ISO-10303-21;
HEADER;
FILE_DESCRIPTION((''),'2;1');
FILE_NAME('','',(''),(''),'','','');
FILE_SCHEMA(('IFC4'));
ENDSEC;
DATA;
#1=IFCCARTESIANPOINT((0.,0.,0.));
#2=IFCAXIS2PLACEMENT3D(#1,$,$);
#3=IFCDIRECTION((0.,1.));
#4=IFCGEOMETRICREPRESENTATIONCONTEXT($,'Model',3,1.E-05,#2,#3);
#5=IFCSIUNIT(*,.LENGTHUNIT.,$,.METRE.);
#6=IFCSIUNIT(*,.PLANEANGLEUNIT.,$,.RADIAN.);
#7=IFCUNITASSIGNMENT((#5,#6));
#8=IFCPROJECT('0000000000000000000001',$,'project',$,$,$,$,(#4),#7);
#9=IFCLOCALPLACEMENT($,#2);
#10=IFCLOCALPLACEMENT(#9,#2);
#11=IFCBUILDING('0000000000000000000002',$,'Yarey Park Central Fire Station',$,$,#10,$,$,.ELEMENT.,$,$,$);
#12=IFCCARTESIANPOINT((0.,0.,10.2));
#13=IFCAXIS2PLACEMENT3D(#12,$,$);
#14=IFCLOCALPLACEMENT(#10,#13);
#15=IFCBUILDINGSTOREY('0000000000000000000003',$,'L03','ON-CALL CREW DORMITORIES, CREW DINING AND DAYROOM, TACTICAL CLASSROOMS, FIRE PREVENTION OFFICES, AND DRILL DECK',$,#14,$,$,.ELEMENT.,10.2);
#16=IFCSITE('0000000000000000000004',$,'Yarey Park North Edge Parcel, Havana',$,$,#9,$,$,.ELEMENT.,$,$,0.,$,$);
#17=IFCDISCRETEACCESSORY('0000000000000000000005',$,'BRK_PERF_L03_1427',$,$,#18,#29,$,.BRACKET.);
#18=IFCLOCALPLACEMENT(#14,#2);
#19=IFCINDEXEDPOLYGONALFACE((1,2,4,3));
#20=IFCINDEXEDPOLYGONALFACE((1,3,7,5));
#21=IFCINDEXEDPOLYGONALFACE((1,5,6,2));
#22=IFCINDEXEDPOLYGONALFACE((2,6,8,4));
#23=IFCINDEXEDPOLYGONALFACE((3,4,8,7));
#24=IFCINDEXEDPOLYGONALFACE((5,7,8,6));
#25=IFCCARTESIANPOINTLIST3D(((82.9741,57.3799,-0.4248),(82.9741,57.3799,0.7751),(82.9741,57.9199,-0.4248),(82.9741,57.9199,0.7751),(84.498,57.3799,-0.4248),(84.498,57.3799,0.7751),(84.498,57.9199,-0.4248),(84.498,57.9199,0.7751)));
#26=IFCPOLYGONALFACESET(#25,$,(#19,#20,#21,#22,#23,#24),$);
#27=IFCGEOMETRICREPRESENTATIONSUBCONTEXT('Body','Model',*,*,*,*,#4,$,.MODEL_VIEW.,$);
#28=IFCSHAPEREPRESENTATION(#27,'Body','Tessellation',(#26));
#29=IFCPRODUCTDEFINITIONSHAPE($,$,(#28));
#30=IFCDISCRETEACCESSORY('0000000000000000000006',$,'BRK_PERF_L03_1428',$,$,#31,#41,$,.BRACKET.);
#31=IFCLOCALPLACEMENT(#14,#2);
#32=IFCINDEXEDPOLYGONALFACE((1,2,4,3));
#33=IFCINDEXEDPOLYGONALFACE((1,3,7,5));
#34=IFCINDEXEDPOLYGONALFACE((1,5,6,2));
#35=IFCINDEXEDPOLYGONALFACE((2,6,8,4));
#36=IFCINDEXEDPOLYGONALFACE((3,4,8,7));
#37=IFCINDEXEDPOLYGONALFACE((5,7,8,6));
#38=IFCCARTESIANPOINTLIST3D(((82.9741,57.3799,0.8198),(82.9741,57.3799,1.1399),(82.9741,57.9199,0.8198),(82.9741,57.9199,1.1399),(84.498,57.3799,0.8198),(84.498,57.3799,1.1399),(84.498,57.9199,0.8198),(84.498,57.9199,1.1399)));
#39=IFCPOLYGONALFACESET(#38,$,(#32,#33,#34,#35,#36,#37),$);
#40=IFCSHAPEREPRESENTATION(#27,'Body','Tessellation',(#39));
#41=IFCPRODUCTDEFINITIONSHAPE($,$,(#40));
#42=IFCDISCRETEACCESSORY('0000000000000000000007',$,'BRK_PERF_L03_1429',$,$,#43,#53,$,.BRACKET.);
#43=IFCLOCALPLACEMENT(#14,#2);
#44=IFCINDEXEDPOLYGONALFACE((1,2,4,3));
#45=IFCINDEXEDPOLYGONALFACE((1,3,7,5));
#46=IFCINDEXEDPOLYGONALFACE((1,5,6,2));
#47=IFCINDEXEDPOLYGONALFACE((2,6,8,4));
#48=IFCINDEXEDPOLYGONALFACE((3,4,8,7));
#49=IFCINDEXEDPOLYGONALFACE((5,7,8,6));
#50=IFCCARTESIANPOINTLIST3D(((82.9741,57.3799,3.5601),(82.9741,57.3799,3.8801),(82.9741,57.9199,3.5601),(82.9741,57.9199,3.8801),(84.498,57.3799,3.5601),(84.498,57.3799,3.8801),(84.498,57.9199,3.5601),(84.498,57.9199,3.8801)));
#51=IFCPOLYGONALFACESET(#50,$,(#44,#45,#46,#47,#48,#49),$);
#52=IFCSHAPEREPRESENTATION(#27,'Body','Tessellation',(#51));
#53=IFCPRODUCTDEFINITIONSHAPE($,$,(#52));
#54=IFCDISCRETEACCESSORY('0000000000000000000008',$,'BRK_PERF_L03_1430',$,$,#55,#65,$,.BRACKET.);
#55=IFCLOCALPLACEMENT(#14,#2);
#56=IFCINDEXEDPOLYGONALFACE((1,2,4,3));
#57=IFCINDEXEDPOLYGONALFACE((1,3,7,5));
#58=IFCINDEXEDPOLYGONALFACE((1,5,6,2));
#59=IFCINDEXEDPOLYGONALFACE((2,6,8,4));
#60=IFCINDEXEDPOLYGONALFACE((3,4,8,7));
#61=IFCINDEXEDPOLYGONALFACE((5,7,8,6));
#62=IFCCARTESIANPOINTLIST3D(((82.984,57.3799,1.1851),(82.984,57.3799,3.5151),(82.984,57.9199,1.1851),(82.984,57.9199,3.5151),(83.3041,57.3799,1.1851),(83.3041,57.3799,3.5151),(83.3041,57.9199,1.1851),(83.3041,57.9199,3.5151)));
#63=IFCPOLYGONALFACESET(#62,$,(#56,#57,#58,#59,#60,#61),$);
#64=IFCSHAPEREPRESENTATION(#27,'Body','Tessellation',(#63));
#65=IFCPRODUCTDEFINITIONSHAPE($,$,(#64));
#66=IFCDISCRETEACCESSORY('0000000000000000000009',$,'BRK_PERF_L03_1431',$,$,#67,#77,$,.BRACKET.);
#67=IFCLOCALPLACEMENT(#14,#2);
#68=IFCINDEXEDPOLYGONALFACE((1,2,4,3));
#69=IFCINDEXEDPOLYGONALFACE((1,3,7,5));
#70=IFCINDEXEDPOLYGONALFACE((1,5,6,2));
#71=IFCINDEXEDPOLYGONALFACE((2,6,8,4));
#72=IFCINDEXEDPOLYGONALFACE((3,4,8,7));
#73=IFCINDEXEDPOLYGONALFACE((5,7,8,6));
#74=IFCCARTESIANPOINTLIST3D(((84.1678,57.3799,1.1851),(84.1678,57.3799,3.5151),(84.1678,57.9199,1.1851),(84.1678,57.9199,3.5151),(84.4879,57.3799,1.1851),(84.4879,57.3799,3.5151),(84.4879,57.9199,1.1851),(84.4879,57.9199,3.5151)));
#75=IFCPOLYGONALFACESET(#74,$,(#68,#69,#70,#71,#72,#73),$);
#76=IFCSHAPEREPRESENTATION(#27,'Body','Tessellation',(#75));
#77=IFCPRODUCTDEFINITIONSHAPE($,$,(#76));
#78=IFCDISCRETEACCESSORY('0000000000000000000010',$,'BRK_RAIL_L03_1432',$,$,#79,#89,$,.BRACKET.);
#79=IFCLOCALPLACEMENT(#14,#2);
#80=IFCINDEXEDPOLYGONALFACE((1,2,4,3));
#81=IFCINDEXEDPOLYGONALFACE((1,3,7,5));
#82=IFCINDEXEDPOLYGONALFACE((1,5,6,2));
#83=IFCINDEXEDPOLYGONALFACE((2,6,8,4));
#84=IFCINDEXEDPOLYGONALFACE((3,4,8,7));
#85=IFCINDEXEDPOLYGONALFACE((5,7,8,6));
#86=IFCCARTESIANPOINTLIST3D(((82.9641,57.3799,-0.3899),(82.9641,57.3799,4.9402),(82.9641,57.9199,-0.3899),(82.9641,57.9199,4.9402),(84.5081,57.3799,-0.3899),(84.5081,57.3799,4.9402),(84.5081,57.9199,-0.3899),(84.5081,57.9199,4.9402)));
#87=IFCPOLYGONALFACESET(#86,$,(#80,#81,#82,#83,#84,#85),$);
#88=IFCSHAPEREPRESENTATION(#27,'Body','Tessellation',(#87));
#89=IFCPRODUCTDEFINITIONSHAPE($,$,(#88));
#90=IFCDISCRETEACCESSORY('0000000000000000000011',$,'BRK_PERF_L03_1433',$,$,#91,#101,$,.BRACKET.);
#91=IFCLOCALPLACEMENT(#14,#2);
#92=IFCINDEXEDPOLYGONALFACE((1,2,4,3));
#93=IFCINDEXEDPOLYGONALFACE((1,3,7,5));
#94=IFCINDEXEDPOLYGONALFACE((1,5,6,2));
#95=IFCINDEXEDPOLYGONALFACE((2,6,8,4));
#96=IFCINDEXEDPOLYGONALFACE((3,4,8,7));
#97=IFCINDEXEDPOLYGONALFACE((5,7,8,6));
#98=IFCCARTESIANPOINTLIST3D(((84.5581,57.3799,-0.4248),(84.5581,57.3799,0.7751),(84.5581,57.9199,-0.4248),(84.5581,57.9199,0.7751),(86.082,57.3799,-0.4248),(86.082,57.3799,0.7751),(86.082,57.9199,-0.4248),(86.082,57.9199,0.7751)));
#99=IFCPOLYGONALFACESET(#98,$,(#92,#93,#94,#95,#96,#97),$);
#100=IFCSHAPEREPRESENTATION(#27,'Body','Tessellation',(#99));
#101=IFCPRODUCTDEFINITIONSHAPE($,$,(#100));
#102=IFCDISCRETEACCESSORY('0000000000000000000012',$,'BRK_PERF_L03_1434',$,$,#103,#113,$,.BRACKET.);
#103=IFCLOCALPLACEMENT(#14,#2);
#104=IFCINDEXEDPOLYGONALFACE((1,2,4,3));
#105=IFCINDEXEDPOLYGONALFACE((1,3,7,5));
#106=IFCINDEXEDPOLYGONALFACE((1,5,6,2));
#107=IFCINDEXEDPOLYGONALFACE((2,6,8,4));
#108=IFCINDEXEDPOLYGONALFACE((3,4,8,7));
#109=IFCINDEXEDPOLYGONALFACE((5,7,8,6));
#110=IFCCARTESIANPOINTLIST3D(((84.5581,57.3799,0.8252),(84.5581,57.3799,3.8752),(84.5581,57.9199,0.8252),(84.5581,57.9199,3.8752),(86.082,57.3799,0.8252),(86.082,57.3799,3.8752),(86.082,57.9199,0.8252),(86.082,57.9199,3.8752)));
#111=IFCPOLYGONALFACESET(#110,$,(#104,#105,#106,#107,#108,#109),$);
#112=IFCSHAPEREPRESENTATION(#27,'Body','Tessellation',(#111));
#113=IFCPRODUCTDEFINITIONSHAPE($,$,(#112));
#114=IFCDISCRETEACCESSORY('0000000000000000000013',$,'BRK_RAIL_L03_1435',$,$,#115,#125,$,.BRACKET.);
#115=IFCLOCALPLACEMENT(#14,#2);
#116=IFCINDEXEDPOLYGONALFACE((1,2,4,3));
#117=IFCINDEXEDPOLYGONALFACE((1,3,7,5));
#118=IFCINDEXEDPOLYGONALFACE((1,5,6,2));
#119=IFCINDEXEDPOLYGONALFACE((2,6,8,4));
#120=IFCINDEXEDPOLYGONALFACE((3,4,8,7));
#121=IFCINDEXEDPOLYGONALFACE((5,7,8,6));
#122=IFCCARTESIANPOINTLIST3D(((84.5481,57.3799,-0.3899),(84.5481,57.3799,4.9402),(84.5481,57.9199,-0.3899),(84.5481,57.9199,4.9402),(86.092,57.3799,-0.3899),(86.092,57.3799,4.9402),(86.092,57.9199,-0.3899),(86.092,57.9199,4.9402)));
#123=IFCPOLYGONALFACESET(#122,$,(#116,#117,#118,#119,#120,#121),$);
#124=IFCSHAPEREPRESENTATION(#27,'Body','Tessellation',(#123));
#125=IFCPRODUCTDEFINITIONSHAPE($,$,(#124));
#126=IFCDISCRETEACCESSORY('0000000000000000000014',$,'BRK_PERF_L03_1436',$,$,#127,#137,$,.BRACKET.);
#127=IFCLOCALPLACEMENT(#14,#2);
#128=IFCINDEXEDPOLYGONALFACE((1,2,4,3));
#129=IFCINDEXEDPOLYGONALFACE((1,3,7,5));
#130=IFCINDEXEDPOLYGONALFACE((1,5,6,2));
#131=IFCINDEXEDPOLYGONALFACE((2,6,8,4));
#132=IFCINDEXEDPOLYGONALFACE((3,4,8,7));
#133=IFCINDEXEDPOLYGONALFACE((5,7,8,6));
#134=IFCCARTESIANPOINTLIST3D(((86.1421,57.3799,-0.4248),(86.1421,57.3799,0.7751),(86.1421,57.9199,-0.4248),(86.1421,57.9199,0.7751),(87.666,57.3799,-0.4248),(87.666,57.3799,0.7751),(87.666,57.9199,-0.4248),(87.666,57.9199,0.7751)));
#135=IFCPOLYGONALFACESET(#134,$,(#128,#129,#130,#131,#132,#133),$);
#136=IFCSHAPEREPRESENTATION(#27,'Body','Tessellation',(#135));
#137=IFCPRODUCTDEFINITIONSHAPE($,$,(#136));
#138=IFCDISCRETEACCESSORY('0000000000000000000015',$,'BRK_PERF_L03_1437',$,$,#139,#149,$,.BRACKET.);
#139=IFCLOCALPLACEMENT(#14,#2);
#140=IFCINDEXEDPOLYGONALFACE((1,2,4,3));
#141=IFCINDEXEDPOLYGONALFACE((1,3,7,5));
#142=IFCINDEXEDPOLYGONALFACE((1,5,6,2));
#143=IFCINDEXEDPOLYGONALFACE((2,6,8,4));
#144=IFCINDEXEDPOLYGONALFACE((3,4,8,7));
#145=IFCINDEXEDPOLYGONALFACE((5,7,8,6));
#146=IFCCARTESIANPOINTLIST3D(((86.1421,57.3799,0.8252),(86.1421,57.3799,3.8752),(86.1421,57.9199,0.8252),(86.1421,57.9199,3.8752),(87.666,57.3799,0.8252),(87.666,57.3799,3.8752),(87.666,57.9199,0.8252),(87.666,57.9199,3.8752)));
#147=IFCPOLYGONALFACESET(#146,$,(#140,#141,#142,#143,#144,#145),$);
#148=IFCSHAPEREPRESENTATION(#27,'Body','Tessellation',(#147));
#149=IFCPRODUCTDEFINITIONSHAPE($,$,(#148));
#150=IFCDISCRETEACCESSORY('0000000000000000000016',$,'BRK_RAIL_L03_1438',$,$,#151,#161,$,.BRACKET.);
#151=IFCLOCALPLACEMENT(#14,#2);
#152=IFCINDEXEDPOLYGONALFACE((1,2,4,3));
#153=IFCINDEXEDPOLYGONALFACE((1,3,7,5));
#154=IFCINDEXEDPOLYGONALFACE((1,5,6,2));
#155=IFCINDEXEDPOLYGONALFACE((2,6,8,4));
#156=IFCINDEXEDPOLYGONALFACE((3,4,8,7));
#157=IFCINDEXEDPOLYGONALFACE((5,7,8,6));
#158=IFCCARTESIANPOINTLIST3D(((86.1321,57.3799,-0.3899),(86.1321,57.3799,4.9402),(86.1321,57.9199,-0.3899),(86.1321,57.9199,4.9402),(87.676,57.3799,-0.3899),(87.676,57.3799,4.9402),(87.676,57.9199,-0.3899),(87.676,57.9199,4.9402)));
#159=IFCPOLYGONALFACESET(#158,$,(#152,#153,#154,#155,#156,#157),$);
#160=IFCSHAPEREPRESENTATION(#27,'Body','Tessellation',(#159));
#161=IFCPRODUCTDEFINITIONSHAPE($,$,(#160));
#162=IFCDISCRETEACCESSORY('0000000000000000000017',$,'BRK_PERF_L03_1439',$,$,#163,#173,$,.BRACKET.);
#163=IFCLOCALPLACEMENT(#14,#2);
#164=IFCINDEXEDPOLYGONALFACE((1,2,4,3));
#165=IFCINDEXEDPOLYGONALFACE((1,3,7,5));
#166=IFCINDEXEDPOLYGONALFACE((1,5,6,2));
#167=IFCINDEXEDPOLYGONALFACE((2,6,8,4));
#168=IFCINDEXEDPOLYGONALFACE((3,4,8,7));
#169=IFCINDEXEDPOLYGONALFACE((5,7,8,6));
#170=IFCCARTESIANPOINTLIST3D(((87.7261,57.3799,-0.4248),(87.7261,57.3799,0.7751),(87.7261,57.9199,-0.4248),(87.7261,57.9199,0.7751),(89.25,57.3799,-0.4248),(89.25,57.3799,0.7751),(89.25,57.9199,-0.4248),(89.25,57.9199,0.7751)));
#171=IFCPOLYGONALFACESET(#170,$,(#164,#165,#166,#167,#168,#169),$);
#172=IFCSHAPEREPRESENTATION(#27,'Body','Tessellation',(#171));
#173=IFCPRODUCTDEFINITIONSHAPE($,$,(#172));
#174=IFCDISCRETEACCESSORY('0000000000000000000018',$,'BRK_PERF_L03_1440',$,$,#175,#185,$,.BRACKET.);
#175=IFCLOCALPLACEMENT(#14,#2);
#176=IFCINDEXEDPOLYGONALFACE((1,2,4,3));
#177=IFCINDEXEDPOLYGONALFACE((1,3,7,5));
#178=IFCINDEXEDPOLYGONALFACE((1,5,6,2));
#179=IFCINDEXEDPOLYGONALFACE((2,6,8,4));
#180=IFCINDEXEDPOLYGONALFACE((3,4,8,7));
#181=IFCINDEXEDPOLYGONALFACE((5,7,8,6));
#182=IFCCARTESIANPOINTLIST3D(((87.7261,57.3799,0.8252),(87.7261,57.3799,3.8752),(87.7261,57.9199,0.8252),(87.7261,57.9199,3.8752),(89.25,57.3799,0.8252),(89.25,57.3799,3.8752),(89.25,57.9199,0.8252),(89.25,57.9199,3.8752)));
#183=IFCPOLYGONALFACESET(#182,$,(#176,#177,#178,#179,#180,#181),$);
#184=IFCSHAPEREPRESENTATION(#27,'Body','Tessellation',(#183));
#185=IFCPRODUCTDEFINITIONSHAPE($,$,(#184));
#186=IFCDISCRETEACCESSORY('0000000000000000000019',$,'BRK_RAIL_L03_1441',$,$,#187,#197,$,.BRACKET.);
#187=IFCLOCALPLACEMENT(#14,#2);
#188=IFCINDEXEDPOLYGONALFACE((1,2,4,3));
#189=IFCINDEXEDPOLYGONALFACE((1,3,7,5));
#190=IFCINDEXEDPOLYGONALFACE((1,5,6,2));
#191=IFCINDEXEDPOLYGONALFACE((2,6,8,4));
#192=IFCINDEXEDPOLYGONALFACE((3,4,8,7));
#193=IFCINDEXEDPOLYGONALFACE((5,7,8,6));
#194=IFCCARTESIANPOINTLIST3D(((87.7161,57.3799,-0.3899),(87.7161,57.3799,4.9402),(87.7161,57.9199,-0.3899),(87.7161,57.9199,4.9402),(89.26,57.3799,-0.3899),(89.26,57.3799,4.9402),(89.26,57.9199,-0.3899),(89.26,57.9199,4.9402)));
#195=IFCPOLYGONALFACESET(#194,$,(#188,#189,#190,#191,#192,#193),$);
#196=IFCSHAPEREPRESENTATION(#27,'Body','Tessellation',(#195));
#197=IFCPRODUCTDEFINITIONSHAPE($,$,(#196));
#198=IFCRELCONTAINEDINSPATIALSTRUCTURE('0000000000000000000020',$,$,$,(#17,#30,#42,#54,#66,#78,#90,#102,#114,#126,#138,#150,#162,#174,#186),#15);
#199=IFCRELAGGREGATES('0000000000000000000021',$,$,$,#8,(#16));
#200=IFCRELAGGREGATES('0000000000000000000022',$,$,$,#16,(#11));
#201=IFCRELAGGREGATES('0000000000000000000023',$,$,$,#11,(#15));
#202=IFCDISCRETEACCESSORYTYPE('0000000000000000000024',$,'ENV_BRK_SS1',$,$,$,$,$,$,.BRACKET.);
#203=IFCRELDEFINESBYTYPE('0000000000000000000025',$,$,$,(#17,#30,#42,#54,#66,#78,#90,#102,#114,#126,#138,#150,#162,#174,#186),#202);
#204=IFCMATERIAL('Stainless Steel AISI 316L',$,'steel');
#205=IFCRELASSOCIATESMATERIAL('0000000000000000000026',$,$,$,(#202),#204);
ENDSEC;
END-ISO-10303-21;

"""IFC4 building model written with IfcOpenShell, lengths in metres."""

from ifc_helpers import new_model, si_unit, direction, frame, origin, origin_2d, place, context, subcontext, project, spatial, rectangle, extrude, material, type_object, element, save


model = new_model("IFC4")

# Units and contexts
model_context = context("Model", 3, precision=1e-05, world=origin(), true_north=direction((0.0, 1.0)))
body_context = subcontext(model_context, "Body", "Model", "MODEL_VIEW")
ifc_project = project(units=[si_unit("LENGTHUNIT", "METRE"), si_unit("PLANEANGLEUNIT", "RADIAN")], contexts=[model_context])

# Site, building, storey
site_placement = place(None, origin())
site = spatial("IfcSite", under=ifc_project, at=site_placement, Name="Yarey Park North Edge Parcel, Havana", CompositionType="ELEMENT", RefElevation=0.0)
building_placement = place(site_placement, origin())
building = spatial("IfcBuilding", under=site, at=building_placement, Name="Yarey Park Central Fire Station", CompositionType="ELEMENT")
storey_placement = place(building_placement, frame((0.0, 0.0, 10.2)))
storey = spatial("IfcBuildingStorey", under=building, at=storey_placement, Name="L03", Description="ON-CALL CREW DORMITORIES, CREW DINING AND DAYROOM, TACTICAL CLASSROOMS, FIRE PREVENTION OFFICES, AND DRILL DECK", CompositionType="ELEMENT", Elevation=10.2)

# Discrete accessories
ifc_material_1 = material(Name="Stainless Steel AISI 316L", Category="steel")
discrete_accessory_type = type_object("IfcDiscreteAccessoryType", Name="ENV_BRK_SS1", PredefinedType="BRACKET", material=ifc_material_1)
discrete_accessory_1_placement = place(storey_placement, frame((83.7361, 57.6499, -0.4248), z_axis=(0.0, 0.0, 1.0), x_axis=(1.0, 0.0, 0.0)))
element("IfcDiscreteAccessory", 1, at=discrete_accessory_1_placement, inside=storey, type_object=discrete_accessory_type, Name="BRK_PERF_L03_1427", PredefinedType="BRACKET", context=body_context, shape_type="SweptSolid", body=[
    extrude(rectangle(XDim=1.5239, YDim=0.54, at=origin_2d()), origin(), (0.0, 0.0, 1.0), 1.2),
])
for number, where, z_axis, x_axis, name in (
    (2, (83.7361, 57.6499, 0.8198), (0.0, 0.0, 1.0), (1.0, 0.0, 0.0), "BRK_PERF_L03_1428"),
    (3, (83.7361, 57.6499, 3.5601), (0.0, 0.0, 1.0), (1.0, 0.0, 0.0), "BRK_PERF_L03_1429"),
):
    element("IfcDiscreteAccessory", number, at=place(storey_placement, frame(where, z_axis=z_axis, x_axis=x_axis)), inside=storey, type_object=discrete_accessory_type, Name=name, PredefinedType="BRACKET", context=body_context, shape_type="SweptSolid", body=[
        extrude(rectangle(XDim=1.5239, YDim=0.54, at=origin_2d()), origin(), (0.0, 0.0, 1.0), 0.3201),
    ])
for number, where, z_axis, x_axis, name in (
    (4, (83.144, 57.6499, 1.1851), (0.0, 0.0, 1.0), (1.0, 0.0, 0.0), "BRK_PERF_L03_1430"),
    (5, (84.3279, 57.6499, 1.1851), (0.0, 0.0, 1.0), (1.0, 0.0, 0.0), "BRK_PERF_L03_1431"),
):
    element("IfcDiscreteAccessory", number, at=place(storey_placement, frame(where, z_axis=z_axis, x_axis=x_axis)), inside=storey, type_object=discrete_accessory_type, Name=name, PredefinedType="BRACKET", context=body_context, shape_type="SweptSolid", body=[
        extrude(rectangle(XDim=0.3201, YDim=0.54, at=origin_2d()), origin(), (0.0, 0.0, 1.0), 2.3301),
    ])
discrete_accessory_2_placement = place(storey_placement, frame((83.7361, 57.6499, -0.3899), z_axis=(0.0, 0.0, 1.0), x_axis=(1.0, 0.0, 0.0)))
element("IfcDiscreteAccessory", 6, at=discrete_accessory_2_placement, inside=storey, type_object=discrete_accessory_type, Name="BRK_RAIL_L03_1432", PredefinedType="BRACKET", context=body_context, shape_type="SweptSolid", body=[
    extrude(rectangle(XDim=1.5439, YDim=0.54, at=origin_2d()), origin(), (0.0, 0.0, 1.0), 5.3301),
])
discrete_accessory_3_placement = place(storey_placement, frame((85.3201, 57.6499, -0.4248), z_axis=(0.0, 0.0, 1.0), x_axis=(1.0, 0.0, 0.0)))
element("IfcDiscreteAccessory", 7, at=discrete_accessory_3_placement, inside=storey, type_object=discrete_accessory_type, Name="BRK_PERF_L03_1433", PredefinedType="BRACKET", context=body_context, shape_type="SweptSolid", body=[
    extrude(rectangle(XDim=1.5239, YDim=0.54, at=origin_2d()), origin(), (0.0, 0.0, 1.0), 1.2),
])
discrete_accessory_4_placement = place(storey_placement, frame((85.3201, 57.6499, 0.8252), z_axis=(0.0, 0.0, 1.0), x_axis=(1.0, 0.0, 0.0)))
element("IfcDiscreteAccessory", 8, at=discrete_accessory_4_placement, inside=storey, type_object=discrete_accessory_type, Name="BRK_PERF_L03_1434", PredefinedType="BRACKET", context=body_context, shape_type="SweptSolid", body=[
    extrude(rectangle(XDim=1.5239, YDim=0.54, at=origin_2d()), origin(), (0.0, 0.0, 1.0), 3.05),
])
discrete_accessory_5_placement = place(storey_placement, frame((85.3201, 57.6499, -0.3899), z_axis=(0.0, 0.0, 1.0), x_axis=(1.0, 0.0, 0.0)))
element("IfcDiscreteAccessory", 9, at=discrete_accessory_5_placement, inside=storey, type_object=discrete_accessory_type, Name="BRK_RAIL_L03_1435", PredefinedType="BRACKET", context=body_context, shape_type="SweptSolid", body=[
    extrude(rectangle(XDim=1.5439, YDim=0.54, at=origin_2d()), origin(), (0.0, 0.0, 1.0), 5.3301),
])
discrete_accessory_6_placement = place(storey_placement, frame((86.9041, 57.6499, -0.4248), z_axis=(0.0, 0.0, 1.0), x_axis=(1.0, 0.0, 0.0)))
element("IfcDiscreteAccessory", 10, at=discrete_accessory_6_placement, inside=storey, type_object=discrete_accessory_type, Name="BRK_PERF_L03_1436", PredefinedType="BRACKET", context=body_context, shape_type="SweptSolid", body=[
    extrude(rectangle(XDim=1.5239, YDim=0.54, at=origin_2d()), origin(), (0.0, 0.0, 1.0), 1.2),
])
discrete_accessory_7_placement = place(storey_placement, frame((86.9041, 57.6499, 0.8252), z_axis=(0.0, 0.0, 1.0), x_axis=(1.0, 0.0, 0.0)))
element("IfcDiscreteAccessory", 11, at=discrete_accessory_7_placement, inside=storey, type_object=discrete_accessory_type, Name="BRK_PERF_L03_1437", PredefinedType="BRACKET", context=body_context, shape_type="SweptSolid", body=[
    extrude(rectangle(XDim=1.5239, YDim=0.54, at=origin_2d()), origin(), (0.0, 0.0, 1.0), 3.05),
])
discrete_accessory_8_placement = place(storey_placement, frame((86.9041, 57.6499, -0.3899), z_axis=(0.0, 0.0, 1.0), x_axis=(1.0, 0.0, 0.0)))
element("IfcDiscreteAccessory", 12, at=discrete_accessory_8_placement, inside=storey, type_object=discrete_accessory_type, Name="BRK_RAIL_L03_1438", PredefinedType="BRACKET", context=body_context, shape_type="SweptSolid", body=[
    extrude(rectangle(XDim=1.5439, YDim=0.54, at=origin_2d()), origin(), (0.0, 0.0, 1.0), 5.3301),
])
discrete_accessory_9_placement = place(storey_placement, frame((88.488, 57.6499, -0.4248), z_axis=(0.0, 0.0, 1.0), x_axis=(1.0, 0.0, 0.0)))
element("IfcDiscreteAccessory", 13, at=discrete_accessory_9_placement, inside=storey, type_object=discrete_accessory_type, Name="BRK_PERF_L03_1439", PredefinedType="BRACKET", context=body_context, shape_type="SweptSolid", body=[
    extrude(rectangle(XDim=1.5239, YDim=0.54, at=origin_2d()), origin(), (0.0, 0.0, 1.0), 1.2),
])
discrete_accessory_10_placement = place(storey_placement, frame((88.488, 57.6499, 0.8252), z_axis=(0.0, 0.0, 1.0), x_axis=(1.0, 0.0, 0.0)))
element("IfcDiscreteAccessory", 14, at=discrete_accessory_10_placement, inside=storey, type_object=discrete_accessory_type, Name="BRK_PERF_L03_1440", PredefinedType="BRACKET", context=body_context, shape_type="SweptSolid", body=[
    extrude(rectangle(XDim=1.5239, YDim=0.54, at=origin_2d()), origin(), (0.0, 0.0, 1.0), 3.05),
])
discrete_accessory_11_placement = place(storey_placement, frame((88.488, 57.6499, -0.3899), z_axis=(0.0, 0.0, 1.0), x_axis=(1.0, 0.0, 0.0)))
element("IfcDiscreteAccessory", 15, at=discrete_accessory_11_placement, inside=storey, type_object=discrete_accessory_type, Name="BRK_RAIL_L03_1441", PredefinedType="BRACKET", context=body_context, shape_type="SweptSolid", body=[
    extrude(rectangle(XDim=1.5439, YDim=0.54, at=origin_2d()), origin(), (0.0, 0.0, 1.0), 5.3301),
])

save(model, "model.ifc")
